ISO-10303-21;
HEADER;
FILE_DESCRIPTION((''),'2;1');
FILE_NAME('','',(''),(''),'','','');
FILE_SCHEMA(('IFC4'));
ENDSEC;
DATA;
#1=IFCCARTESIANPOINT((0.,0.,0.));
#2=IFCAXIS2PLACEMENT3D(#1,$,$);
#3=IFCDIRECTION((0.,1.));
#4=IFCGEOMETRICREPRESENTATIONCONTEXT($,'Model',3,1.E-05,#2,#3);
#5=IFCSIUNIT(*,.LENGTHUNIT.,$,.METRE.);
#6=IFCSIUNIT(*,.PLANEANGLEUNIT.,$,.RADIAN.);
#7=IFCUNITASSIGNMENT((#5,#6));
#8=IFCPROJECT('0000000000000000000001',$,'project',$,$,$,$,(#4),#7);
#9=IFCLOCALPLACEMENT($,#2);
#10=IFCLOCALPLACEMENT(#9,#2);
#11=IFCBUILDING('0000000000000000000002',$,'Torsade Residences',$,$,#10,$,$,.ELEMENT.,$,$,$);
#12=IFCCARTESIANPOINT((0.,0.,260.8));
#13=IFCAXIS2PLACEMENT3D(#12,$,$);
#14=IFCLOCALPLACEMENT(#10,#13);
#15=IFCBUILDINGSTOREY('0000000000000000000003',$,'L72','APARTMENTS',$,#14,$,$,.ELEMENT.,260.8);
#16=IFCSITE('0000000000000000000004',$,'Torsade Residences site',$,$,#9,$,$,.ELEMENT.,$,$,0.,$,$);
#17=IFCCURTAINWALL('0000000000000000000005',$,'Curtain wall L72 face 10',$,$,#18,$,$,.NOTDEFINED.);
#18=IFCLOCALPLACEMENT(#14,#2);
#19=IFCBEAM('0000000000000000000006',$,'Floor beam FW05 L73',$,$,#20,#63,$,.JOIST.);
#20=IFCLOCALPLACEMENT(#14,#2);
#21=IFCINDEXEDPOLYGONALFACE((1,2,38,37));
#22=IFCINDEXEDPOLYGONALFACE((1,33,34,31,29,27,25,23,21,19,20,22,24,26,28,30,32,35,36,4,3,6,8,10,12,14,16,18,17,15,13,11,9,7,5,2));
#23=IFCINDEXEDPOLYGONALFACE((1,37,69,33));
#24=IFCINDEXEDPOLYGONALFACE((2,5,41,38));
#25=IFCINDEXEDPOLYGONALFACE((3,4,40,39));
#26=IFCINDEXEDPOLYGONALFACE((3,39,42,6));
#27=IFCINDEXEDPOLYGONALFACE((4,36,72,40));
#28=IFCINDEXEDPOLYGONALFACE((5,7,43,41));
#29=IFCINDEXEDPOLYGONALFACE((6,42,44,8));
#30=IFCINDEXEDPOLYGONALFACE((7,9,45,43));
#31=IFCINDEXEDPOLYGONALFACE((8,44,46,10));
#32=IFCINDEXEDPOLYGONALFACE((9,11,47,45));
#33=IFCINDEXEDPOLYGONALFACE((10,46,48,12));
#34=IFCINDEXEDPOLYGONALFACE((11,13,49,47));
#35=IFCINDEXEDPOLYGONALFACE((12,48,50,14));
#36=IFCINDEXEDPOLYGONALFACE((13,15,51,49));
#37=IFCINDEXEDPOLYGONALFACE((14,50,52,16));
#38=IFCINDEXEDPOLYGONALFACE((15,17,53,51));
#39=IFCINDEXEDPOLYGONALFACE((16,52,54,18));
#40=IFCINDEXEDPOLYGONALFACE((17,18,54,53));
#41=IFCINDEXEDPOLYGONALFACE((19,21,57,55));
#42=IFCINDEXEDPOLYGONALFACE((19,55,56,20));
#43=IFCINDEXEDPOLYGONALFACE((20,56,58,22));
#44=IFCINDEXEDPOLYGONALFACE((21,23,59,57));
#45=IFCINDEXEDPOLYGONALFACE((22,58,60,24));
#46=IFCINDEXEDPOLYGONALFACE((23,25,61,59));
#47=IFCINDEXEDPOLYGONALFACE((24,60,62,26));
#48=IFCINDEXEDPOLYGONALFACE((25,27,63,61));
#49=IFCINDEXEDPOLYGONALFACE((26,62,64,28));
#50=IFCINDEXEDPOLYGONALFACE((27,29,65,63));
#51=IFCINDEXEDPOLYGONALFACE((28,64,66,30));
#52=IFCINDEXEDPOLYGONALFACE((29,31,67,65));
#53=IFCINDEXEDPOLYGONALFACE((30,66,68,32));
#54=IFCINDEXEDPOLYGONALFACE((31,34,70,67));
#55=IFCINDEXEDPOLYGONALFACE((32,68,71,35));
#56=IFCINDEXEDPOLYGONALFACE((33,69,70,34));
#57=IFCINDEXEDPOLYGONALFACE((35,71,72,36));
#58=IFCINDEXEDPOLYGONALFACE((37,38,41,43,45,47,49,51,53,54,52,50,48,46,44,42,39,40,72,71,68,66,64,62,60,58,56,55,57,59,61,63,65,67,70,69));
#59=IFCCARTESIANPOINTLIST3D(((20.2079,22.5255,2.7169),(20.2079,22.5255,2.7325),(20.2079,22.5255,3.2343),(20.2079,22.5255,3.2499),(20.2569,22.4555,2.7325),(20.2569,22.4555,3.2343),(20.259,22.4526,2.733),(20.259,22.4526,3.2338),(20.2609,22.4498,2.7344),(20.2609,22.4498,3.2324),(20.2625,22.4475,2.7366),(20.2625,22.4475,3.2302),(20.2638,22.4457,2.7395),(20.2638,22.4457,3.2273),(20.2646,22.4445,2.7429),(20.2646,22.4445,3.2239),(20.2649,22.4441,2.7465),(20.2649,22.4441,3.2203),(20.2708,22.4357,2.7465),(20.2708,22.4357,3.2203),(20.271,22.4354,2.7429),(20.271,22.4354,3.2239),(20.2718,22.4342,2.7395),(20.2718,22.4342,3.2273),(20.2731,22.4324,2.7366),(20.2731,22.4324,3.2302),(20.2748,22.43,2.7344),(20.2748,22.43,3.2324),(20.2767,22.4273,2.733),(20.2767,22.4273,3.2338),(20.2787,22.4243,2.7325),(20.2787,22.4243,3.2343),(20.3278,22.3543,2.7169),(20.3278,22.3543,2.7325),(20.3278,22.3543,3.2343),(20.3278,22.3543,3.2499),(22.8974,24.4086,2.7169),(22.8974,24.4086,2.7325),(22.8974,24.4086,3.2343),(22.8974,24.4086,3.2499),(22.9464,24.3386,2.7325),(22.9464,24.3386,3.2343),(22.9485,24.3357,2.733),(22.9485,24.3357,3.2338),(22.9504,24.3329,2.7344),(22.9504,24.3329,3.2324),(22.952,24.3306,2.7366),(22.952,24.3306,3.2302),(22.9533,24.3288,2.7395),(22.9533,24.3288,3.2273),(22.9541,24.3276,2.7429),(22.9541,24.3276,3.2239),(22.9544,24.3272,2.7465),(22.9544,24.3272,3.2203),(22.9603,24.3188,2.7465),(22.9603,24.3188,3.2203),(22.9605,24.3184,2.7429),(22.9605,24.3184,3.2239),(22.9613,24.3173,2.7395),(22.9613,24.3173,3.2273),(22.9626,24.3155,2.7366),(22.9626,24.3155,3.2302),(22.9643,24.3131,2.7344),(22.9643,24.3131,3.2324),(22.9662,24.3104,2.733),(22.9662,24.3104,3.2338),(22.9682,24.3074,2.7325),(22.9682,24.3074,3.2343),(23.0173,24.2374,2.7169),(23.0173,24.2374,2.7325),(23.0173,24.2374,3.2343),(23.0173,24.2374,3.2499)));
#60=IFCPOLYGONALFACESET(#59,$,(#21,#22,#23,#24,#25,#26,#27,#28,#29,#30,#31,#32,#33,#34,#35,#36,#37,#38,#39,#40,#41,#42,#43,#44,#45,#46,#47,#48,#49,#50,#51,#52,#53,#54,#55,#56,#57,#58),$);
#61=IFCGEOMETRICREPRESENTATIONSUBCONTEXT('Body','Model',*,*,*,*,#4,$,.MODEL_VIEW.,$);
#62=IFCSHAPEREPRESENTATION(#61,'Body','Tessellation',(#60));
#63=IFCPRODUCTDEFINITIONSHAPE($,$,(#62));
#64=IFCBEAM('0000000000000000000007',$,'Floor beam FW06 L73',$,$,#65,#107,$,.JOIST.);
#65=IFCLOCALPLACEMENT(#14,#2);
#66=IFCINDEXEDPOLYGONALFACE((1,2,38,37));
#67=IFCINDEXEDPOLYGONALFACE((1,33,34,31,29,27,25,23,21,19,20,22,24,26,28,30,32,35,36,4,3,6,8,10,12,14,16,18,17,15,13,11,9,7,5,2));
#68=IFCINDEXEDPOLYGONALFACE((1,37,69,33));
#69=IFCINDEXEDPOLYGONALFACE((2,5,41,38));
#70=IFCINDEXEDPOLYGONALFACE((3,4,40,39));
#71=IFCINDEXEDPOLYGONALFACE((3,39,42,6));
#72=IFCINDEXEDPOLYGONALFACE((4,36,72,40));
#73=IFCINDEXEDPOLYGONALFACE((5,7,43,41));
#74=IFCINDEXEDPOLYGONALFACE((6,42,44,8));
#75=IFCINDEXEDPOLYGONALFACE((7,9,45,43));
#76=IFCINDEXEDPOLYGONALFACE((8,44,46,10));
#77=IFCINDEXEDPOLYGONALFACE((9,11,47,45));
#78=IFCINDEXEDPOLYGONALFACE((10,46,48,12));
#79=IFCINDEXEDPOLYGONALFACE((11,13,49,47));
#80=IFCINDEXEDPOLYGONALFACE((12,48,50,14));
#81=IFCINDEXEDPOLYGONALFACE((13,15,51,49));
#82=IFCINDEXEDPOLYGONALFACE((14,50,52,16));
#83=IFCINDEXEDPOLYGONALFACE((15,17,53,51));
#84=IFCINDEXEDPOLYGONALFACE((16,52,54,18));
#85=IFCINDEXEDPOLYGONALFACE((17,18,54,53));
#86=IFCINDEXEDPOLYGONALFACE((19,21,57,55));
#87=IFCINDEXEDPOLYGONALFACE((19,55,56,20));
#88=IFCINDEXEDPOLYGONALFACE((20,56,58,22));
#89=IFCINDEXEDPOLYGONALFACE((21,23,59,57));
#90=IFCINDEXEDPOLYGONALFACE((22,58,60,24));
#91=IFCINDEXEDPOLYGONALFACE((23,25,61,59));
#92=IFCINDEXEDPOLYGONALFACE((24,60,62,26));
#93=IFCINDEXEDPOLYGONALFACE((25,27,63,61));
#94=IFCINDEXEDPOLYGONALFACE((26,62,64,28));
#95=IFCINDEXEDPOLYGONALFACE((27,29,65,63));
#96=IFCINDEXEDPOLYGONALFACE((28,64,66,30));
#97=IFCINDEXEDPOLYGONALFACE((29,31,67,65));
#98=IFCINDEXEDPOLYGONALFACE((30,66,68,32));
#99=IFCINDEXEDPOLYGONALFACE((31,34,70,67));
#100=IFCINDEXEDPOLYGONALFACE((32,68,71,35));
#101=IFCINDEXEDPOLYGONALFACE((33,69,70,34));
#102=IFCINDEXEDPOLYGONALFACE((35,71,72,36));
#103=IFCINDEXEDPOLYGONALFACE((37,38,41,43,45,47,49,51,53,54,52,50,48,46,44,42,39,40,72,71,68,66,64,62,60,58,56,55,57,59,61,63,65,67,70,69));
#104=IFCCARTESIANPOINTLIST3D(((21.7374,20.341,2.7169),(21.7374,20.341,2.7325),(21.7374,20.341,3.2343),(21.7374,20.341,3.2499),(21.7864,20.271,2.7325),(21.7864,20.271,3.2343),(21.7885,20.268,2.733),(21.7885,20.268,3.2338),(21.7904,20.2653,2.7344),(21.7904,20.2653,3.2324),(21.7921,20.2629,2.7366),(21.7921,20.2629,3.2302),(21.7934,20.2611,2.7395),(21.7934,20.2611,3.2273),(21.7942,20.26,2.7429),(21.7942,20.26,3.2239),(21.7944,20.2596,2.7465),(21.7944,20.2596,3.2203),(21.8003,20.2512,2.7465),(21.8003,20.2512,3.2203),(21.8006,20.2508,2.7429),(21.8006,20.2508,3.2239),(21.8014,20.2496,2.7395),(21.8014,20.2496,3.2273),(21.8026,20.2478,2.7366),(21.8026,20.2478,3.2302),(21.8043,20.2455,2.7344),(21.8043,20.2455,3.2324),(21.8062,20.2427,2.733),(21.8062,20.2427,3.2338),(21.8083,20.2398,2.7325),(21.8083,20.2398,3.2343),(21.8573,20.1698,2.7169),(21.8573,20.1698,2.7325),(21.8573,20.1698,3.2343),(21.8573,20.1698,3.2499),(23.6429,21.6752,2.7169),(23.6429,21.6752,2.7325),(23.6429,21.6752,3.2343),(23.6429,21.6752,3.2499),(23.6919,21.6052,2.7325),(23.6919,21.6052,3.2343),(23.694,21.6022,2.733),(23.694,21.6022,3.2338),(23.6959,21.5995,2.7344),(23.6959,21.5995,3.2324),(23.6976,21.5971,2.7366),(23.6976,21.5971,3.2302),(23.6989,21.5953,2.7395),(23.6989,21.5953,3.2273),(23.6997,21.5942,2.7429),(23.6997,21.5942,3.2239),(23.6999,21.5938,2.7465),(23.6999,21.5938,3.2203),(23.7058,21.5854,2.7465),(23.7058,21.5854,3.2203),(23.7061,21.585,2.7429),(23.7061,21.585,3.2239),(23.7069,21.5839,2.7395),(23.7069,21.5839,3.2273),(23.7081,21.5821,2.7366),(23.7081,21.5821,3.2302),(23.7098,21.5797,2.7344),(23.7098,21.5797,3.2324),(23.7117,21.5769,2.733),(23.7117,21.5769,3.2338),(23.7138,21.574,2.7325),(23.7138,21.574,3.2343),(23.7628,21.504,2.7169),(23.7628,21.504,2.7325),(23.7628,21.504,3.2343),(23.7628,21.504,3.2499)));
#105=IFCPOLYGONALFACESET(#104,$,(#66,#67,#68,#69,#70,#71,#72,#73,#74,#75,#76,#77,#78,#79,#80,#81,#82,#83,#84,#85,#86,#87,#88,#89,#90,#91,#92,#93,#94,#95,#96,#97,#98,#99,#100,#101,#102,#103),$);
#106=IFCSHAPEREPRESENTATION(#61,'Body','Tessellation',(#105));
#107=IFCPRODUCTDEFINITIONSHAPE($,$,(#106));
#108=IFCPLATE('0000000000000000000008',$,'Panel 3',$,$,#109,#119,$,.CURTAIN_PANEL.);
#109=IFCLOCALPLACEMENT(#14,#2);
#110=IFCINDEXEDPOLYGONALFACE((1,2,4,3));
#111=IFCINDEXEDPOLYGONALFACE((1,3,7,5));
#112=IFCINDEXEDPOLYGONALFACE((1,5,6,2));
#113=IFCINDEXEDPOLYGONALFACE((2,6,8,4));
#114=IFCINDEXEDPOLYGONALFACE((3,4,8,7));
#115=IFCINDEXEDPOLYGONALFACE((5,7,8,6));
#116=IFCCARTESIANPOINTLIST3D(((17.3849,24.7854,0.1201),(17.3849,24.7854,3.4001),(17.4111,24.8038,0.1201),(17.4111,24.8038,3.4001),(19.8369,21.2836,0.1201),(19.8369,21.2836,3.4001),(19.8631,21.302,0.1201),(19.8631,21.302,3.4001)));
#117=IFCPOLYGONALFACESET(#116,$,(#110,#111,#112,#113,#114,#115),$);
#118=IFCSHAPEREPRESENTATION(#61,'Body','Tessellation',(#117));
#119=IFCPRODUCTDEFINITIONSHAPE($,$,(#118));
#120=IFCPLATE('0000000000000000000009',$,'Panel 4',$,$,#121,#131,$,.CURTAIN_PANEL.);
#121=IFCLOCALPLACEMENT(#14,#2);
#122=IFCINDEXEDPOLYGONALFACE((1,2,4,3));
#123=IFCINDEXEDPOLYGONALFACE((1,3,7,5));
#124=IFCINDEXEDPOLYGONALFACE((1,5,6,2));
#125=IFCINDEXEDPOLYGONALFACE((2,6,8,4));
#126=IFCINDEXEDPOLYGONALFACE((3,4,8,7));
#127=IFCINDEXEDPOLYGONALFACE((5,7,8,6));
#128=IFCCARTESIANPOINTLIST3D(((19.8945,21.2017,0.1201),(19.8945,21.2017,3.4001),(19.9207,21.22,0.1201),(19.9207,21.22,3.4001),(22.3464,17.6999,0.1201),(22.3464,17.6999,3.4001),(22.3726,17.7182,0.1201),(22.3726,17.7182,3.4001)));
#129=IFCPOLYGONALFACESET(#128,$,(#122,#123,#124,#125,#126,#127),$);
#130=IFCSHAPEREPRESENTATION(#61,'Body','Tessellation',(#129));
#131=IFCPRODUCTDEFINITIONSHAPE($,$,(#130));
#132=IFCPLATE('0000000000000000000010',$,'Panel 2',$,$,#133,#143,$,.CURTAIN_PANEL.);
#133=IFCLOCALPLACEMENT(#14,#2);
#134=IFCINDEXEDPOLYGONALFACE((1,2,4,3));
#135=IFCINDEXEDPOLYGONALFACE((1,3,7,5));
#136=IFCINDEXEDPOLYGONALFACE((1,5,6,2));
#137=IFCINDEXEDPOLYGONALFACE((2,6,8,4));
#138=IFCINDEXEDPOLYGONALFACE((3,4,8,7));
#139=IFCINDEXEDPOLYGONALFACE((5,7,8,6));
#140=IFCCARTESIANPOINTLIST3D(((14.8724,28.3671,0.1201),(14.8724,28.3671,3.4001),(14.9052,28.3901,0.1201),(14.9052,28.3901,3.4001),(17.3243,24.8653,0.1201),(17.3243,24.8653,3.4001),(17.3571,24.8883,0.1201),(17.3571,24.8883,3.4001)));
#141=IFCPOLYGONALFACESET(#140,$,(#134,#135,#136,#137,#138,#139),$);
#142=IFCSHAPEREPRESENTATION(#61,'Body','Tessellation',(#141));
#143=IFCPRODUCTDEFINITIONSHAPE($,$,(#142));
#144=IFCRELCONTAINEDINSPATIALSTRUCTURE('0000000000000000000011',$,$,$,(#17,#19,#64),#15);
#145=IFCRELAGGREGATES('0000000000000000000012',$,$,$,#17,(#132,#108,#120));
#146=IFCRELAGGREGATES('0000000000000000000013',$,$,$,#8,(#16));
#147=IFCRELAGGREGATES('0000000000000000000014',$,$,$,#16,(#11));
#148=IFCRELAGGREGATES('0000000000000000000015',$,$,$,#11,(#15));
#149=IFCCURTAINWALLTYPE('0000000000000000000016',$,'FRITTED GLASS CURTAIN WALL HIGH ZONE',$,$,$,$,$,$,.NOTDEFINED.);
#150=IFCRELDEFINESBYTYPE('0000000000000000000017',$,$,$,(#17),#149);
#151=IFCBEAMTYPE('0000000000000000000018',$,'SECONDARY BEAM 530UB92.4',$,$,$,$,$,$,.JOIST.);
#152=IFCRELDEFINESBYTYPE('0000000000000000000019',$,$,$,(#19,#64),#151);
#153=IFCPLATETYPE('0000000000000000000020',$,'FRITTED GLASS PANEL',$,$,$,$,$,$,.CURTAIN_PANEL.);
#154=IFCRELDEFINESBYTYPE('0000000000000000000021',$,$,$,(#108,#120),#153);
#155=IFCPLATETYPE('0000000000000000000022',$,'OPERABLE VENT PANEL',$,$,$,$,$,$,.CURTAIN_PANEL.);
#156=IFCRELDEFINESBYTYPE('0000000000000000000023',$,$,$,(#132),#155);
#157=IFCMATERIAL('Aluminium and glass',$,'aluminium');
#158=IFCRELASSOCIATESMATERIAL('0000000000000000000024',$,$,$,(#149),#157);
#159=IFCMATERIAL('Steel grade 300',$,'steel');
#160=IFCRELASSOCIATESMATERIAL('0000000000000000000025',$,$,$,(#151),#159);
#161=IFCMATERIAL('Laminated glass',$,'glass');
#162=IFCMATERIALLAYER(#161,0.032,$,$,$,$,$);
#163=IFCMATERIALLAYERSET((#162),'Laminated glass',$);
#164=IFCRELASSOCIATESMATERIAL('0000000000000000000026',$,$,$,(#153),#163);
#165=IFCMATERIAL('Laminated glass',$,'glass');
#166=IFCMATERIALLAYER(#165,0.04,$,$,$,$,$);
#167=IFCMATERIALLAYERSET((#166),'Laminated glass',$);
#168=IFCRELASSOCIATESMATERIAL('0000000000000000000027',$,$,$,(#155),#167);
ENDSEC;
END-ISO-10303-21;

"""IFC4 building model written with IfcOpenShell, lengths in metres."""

from ifc_helpers import new_model, si_unit, direction, frame, origin, origin_2d, place, context, subcontext, project, spatial, rectangle, i_section, extrude, material, layer, layer_set, material_profile, profile_set, type_object, element, aggregate, save


model = new_model("IFC4")

# Units and contexts
model_context = context("Model", 3, precision=1e-05, world=origin(), true_north=direction((0.0, 1.0)))
body_context = subcontext(model_context, "Body", "Model", "MODEL_VIEW")
ifc_project = project(units=[si_unit("LENGTHUNIT", "METRE"), si_unit("PLANEANGLEUNIT", "RADIAN")], contexts=[model_context])

# Site, building, storey
site_placement = place(None, origin())
site = spatial("IfcSite", under=ifc_project, at=site_placement, Name="Torsade Residences site", CompositionType="ELEMENT", RefElevation=0.0)
building_placement = place(site_placement, origin())
building = spatial("IfcBuilding", under=site, at=building_placement, Name="Torsade Residences", CompositionType="ELEMENT")
storey_placement = place(building_placement, frame((0.0, 0.0, 260.8)))
storey = spatial("IfcBuildingStorey", under=building, at=storey_placement, Name="L72", Description="APARTMENTS", CompositionType="ELEMENT", Elevation=260.8)

# Curtain wall
ifc_material_1 = material(Name="Aluminium and glass", Category="aluminium")
curtain_wall_type = type_object("IfcCurtainWallType", Name="FRITTED GLASS CURTAIN WALL HIGH ZONE", PredefinedType="NOTDEFINED", material=ifc_material_1)
curtain_wall_placement = place(storey_placement, origin())
curtain_wall = element("IfcCurtainWall", 1, at=curtain_wall_placement, inside=storey, type_object=curtain_wall_type, Name="Curtain wall L72 face 10", PredefinedType="NOTDEFINED")

# Beams
ifc_material_2 = material(Name="Steel grade 300", Category="steel")
ifc_material_profile_1 = material_profile(ifc_material_2, i_section(OverallWidth=0.209, OverallDepth=0.533, WebThickness=0.0103, FlangeThickness=0.0156, FilletRadius=0.0139, at=origin_2d()), Name="530UB92.4")
ifc_profile_set_1 = profile_set([ifc_material_profile_1], Name="Steel grade 300")
beam_type_1 = type_object("IfcBeamType", Name="SECONDARY BEAM 530UB92.4", PredefinedType="JOIST", material=ifc_profile_set_1)
beam_1_placement = place(storey_placement, frame((20.2678, 22.4399, 2.9834), z_axis=(0.819169, 0.573552, 0.0), x_axis=(-0.573552, 0.819169, 0.0)))
element("IfcBeam", 2, at=beam_1_placement, inside=storey, type_object=beam_type_1, Name="Floor beam FW05 L73", PredefinedType="JOIST", context=body_context, shape_type="SweptSolid", body=[
    extrude(i_section(OverallWidth=0.209, OverallDepth=0.533, WebThickness=0.0103, FlangeThickness=0.0156, FilletRadius=0.0139, at=origin_2d()), origin(), (0.0, 0.0, 1.0), 3.2832),
])
beam_2_placement = place(storey_placement, frame((21.7974, 20.2554, 2.9834), z_axis=(0.819158, 0.573568, 0.0), x_axis=(-0.573568, 0.819158, 0.0)))
element("IfcBeam", 3, at=beam_2_placement, inside=storey, type_object=beam_type_1, Name="Floor beam FW06 L73", PredefinedType="JOIST", context=body_context, shape_type="SweptSolid", body=[
    extrude(i_section(OverallWidth=0.209, OverallDepth=0.533, WebThickness=0.0103, FlangeThickness=0.0156, FilletRadius=0.0139, at=origin_2d()), origin(), (0.0, 0.0, 1.0), 2.3262),
])

# Plates
ifc_material_3 = material(Name="Laminated glass", Category="glass")
ifc_layer_1 = layer(ifc_material_3, 0.032)
ifc_layer_set_1 = layer_set([ifc_layer_1], Name="Laminated glass")
plate_type_1 = type_object("IfcPlateType", Name="FRITTED GLASS PANEL", PredefinedType="CURTAIN_PANEL", material=ifc_layer_set_1)
plate_1_placement = place(storey_placement, frame((18.624, 23.0437, 0.1201), z_axis=(0.0, 0.0, 1.0), x_axis=(0.573576, -0.819152, 0.0)))
plate_1 = element("IfcPlate", 4, at=plate_1_placement, type_object=plate_type_1, Name="Panel 3", PredefinedType="CURTAIN_PANEL", context=body_context, shape_type="SweptSolid", body=[
    extrude(rectangle(XDim=4.2749, YDim=0.032, at=origin_2d()), origin(), (0.0, 0.0, 1.0), 3.28),
])
plate_2_placement = place(storey_placement, frame((21.1335, 19.46, 0.1201), z_axis=(0.0, 0.0, 1.0), x_axis=(0.573576, -0.819152, 0.0)))
plate_2 = element("IfcPlate", 5, at=plate_2_placement, type_object=plate_type_1, Name="Panel 4", PredefinedType="CURTAIN_PANEL", context=body_context, shape_type="SweptSolid", body=[
    extrude(rectangle(XDim=4.2749, YDim=0.032, at=origin_2d()), origin(), (0.0, 0.0, 1.0), 3.28),
])
ifc_material_4 = material(Name="Laminated glass", Category="glass")
ifc_layer_2 = layer(ifc_material_4, 0.04)
ifc_layer_set_2 = layer_set([ifc_layer_2], Name="Laminated glass")
plate_type_2 = type_object("IfcPlateType", Name="OPERABLE VENT PANEL", PredefinedType="CURTAIN_PANEL", material=ifc_layer_set_2)
plate_3_placement = place(storey_placement, frame((16.1147, 26.6277, 0.1201), z_axis=(0.0, 0.0, 1.0), x_axis=(0.573576, -0.819152, 0.0)))
plate_3 = element("IfcPlate", 6, at=plate_3_placement, type_object=plate_type_2, Name="Panel 2", PredefinedType="CURTAIN_PANEL", context=body_context, shape_type="SweptSolid", body=[
    extrude(rectangle(XDim=4.2749, YDim=0.04, at=origin_2d()), origin(), (0.0, 0.0, 1.0), 3.28),
])
aggregate(curtain_wall, [plate_3, plate_1, plate_2])

save(model, "model.ifc")
